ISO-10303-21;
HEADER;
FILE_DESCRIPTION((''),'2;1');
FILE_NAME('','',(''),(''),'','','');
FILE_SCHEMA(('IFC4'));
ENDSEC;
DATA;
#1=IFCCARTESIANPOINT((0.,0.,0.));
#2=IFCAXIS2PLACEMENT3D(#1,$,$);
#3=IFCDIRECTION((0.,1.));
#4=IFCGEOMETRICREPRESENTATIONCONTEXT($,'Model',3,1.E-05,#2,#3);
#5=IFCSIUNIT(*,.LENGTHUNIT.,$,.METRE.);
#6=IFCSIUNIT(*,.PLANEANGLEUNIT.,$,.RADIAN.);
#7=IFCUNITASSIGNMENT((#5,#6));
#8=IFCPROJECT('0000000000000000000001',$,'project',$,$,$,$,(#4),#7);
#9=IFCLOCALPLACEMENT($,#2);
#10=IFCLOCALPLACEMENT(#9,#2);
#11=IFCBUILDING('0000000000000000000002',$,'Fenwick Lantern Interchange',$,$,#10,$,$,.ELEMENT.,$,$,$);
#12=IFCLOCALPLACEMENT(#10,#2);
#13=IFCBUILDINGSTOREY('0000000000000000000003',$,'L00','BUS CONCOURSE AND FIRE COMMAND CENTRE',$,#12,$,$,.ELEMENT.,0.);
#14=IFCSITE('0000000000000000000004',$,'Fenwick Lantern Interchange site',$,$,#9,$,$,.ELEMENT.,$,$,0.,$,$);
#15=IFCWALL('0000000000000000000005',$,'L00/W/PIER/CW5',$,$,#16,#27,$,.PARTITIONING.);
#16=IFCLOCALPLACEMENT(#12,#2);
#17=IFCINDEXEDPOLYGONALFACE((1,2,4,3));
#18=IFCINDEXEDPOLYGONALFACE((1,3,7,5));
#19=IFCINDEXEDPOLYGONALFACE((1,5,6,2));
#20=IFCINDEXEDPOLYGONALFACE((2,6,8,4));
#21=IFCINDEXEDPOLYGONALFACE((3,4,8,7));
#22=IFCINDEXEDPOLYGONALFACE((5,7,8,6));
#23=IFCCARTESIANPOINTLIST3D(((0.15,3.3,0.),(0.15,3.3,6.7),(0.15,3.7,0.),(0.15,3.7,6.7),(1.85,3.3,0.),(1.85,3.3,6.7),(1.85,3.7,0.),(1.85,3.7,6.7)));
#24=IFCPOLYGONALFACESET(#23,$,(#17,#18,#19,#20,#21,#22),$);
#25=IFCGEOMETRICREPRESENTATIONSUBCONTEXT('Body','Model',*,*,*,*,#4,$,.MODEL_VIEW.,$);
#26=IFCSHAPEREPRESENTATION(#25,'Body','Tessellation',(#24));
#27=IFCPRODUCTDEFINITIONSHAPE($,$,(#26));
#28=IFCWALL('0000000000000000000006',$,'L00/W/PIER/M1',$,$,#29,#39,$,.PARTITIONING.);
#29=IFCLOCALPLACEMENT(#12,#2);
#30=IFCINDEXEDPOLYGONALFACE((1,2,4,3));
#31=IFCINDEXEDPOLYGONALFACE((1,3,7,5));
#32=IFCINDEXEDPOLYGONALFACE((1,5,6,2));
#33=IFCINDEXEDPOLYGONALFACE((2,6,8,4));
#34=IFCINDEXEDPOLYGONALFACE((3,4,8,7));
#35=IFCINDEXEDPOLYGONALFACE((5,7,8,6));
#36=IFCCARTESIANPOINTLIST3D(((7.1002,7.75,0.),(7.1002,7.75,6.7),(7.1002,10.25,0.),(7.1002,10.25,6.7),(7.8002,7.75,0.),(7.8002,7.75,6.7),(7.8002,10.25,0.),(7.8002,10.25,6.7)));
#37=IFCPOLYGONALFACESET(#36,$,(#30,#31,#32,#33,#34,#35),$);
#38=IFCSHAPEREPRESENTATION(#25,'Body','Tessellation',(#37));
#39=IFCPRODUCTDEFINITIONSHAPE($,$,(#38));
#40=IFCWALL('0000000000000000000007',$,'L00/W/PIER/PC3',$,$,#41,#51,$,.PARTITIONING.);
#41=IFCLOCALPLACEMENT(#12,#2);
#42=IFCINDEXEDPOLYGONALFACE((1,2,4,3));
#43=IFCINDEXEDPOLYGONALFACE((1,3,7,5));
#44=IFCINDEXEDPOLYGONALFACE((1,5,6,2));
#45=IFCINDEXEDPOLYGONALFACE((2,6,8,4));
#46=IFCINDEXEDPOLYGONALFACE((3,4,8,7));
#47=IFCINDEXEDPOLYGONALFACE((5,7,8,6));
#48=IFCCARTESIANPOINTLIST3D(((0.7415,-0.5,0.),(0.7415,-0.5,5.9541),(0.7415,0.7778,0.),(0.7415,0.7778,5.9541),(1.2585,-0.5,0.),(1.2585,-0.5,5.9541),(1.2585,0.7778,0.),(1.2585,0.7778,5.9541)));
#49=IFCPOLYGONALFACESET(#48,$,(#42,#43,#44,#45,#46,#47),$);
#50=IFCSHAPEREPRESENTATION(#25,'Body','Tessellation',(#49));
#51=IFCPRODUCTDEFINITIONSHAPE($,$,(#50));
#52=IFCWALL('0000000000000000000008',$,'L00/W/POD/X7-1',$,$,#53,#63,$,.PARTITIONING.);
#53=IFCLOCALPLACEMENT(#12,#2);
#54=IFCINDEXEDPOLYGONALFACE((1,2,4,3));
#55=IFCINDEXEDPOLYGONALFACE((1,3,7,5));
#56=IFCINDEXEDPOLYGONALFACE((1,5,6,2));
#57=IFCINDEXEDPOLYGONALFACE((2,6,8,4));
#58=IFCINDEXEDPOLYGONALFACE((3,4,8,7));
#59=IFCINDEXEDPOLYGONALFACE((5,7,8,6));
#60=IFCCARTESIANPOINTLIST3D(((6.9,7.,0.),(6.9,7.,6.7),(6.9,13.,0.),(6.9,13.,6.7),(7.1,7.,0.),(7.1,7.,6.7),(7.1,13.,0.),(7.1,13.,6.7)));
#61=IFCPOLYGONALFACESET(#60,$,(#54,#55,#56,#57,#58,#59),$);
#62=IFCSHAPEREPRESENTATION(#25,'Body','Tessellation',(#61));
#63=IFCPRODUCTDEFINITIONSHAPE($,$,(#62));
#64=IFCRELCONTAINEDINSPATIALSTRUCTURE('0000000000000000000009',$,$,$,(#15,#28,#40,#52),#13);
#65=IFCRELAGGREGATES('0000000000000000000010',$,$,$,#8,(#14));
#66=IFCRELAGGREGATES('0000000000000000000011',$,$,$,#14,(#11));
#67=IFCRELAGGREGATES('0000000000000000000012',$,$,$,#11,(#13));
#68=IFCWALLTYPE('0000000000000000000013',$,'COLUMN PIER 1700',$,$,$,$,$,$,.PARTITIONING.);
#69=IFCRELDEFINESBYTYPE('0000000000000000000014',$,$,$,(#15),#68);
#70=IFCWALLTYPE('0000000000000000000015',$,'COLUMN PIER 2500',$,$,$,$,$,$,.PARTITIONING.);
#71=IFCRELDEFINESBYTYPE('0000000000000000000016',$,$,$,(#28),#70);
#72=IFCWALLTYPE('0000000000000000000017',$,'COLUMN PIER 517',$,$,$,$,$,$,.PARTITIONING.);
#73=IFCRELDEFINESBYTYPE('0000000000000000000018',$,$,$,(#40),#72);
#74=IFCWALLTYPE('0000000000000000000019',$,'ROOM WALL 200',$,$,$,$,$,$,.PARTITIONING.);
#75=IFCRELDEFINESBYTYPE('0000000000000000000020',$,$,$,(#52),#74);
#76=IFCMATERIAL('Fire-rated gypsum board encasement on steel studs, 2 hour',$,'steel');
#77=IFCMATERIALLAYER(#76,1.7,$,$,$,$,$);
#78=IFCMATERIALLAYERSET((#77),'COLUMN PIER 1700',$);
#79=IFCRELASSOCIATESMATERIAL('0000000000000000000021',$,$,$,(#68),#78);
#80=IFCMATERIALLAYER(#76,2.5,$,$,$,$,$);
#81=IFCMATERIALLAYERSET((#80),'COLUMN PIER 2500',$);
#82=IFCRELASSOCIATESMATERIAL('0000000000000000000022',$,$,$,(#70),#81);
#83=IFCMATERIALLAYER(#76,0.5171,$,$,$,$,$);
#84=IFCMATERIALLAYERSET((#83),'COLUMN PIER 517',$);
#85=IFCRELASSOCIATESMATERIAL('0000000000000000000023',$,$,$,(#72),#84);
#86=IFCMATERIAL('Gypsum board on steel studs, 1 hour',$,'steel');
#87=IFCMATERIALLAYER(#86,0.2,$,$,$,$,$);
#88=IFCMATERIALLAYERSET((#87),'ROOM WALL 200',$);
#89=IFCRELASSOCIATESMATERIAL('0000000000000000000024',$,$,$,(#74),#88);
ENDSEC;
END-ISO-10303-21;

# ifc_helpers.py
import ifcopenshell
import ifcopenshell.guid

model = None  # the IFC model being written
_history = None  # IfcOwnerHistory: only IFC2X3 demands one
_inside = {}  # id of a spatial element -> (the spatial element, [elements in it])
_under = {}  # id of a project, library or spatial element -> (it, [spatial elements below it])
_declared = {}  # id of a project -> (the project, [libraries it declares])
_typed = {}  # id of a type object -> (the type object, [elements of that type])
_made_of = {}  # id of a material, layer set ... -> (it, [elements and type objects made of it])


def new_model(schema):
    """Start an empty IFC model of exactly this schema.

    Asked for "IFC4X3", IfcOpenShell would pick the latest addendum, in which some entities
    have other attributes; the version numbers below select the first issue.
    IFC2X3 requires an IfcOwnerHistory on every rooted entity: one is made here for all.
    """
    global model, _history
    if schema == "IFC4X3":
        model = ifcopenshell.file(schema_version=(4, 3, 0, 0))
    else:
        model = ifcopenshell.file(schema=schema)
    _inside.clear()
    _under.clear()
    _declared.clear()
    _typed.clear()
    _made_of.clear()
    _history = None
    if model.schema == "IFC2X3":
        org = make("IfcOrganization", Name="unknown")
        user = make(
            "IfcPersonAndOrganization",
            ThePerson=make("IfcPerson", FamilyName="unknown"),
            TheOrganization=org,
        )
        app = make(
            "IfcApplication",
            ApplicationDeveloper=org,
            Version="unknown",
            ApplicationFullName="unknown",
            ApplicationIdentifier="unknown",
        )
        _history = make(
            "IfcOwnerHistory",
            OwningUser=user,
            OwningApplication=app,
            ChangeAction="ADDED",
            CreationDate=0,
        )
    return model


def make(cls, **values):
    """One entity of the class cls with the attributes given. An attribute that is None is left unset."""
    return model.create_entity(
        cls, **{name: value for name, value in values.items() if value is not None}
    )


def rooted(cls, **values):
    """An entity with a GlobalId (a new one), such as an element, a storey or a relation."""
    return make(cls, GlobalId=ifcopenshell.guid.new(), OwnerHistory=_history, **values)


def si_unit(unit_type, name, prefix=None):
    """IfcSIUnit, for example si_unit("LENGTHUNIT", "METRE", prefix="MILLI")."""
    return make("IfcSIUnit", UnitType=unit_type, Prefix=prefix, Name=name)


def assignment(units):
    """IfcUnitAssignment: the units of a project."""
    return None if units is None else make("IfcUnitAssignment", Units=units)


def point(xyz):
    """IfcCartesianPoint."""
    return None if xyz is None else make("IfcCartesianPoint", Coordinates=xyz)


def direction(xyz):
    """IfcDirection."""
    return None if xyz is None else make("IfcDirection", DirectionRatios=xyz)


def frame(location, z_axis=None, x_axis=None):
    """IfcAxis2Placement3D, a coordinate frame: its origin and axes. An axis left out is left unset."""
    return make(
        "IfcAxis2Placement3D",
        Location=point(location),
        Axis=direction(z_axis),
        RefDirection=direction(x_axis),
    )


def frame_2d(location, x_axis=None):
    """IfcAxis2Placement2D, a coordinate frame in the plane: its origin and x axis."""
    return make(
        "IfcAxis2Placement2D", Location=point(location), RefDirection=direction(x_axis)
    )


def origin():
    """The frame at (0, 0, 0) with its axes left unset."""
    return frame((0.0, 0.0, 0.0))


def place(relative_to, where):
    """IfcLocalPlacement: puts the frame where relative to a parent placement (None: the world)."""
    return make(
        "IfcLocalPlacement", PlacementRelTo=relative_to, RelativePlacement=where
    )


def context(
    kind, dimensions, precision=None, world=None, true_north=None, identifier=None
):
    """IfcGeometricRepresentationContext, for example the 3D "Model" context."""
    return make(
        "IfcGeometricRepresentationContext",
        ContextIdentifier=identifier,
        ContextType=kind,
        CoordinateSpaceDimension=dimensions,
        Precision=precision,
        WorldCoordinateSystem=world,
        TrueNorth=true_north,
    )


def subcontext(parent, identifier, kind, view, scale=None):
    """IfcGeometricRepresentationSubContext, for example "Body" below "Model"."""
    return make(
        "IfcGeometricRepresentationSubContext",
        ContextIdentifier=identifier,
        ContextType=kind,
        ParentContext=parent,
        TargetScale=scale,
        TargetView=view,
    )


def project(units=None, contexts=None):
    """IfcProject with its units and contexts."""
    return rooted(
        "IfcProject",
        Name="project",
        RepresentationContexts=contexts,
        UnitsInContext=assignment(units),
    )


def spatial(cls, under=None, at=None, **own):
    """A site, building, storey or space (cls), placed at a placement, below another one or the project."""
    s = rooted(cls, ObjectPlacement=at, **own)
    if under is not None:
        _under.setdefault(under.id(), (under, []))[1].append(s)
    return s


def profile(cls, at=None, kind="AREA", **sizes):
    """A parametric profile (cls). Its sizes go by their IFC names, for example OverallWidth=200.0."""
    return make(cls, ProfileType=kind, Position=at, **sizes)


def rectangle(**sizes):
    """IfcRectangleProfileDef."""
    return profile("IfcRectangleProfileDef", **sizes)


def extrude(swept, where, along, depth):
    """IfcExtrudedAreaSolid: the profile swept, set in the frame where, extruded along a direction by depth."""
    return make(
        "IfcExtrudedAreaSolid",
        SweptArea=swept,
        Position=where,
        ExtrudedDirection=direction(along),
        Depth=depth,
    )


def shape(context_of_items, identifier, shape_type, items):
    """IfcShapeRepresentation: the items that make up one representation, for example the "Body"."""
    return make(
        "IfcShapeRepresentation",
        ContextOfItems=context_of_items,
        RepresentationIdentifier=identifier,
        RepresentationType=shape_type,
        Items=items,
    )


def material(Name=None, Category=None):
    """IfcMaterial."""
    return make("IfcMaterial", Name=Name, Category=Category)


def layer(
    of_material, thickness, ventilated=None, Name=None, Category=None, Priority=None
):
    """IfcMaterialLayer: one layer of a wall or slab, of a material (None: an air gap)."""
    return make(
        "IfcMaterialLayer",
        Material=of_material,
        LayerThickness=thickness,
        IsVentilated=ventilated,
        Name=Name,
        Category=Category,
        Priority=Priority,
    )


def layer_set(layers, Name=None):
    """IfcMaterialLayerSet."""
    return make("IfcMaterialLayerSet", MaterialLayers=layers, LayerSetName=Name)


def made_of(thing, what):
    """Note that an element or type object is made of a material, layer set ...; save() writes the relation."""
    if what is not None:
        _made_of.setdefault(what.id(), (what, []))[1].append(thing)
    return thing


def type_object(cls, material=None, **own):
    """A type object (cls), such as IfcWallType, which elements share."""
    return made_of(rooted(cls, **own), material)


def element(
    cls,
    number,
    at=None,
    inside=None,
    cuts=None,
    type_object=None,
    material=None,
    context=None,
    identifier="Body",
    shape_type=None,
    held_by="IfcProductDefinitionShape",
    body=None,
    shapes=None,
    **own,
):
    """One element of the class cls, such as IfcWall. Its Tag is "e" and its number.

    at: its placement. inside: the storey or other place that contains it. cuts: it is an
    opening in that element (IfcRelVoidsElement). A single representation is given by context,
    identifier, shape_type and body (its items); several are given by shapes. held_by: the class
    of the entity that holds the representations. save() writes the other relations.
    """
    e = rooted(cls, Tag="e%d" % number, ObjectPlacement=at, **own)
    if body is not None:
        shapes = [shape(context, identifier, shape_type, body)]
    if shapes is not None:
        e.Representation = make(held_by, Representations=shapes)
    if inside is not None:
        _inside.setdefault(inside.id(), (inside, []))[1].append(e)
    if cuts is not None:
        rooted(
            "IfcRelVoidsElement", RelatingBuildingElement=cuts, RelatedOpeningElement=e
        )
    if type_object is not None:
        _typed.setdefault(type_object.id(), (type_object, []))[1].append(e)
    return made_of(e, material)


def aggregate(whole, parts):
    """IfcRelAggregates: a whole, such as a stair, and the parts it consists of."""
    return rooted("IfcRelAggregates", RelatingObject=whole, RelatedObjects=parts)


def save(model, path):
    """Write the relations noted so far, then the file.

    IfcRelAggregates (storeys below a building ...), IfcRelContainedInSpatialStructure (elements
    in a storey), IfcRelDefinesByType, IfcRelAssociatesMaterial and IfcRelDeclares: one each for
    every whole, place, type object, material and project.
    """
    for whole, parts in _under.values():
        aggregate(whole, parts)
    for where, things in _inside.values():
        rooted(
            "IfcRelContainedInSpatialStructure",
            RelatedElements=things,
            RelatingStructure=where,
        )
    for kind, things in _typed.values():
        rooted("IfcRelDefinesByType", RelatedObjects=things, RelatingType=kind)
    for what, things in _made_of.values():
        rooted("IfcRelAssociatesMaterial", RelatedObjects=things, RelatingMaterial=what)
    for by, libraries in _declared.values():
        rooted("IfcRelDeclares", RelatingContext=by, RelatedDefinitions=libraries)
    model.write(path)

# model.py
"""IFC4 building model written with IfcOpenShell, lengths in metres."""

from ifc_helpers import new_model, si_unit, direction, frame, frame_2d, origin, place, context, subcontext, project, spatial, rectangle, extrude, material, layer, layer_set, type_object, element, save


model = new_model("IFC4")

# Units and contexts
model_context = context("Model", 3, precision=1e-05, world=origin(), true_north=direction((0.0, 1.0)))
body_context = subcontext(model_context, "Body", "Model", "MODEL_VIEW")
ifc_project = project(units=[si_unit("LENGTHUNIT", "METRE"), si_unit("PLANEANGLEUNIT", "RADIAN")], contexts=[model_context])

# Site, building, storey
site_placement = place(None, origin())
site = spatial("IfcSite", under=ifc_project, at=site_placement, Name="Fenwick Lantern Interchange site", CompositionType="ELEMENT", RefElevation=0.0)
building_placement = place(site_placement, origin())
building = spatial("IfcBuilding", under=site, at=building_placement, Name="Fenwick Lantern Interchange", CompositionType="ELEMENT")
storey_placement = place(building_placement, origin())
storey = spatial("IfcBuildingStorey", under=building, at=storey_placement, Name="L00", Description="BUS CONCOURSE AND FIRE COMMAND CENTRE", CompositionType="ELEMENT", Elevation=0.0)

# Walls
ifc_material_1 = material(Name="Fire-rated gypsum board encasement on steel studs, 2 hour", Category="steel")
ifc_layer_1 = layer(ifc_material_1, 1.7)
ifc_layer_set_1 = layer_set([ifc_layer_1], Name="COLUMN PIER 1700")
wall_type_1 = type_object("IfcWallType", Name="COLUMN PIER 1700", PredefinedType="PARTITIONING", material=ifc_layer_set_1)
wall_1_placement = place(storey_placement, frame((1.0, 3.3, 0.0), z_axis=(0.0, 0.0, 1.0), x_axis=(0.0, 1.0, 0.0)))
element("IfcWall", 1, at=wall_1_placement, inside=storey, type_object=wall_type_1, Name="L00/W/PIER/CW5", PredefinedType="PARTITIONING", context=body_context, shape_type="SweptSolid", body=[
    extrude(rectangle(XDim=0.3999, YDim=1.7, at=frame_2d((0.2, 0.0))), origin(), (0.0, 0.0, 1.0), 6.7),
])
ifc_layer_2 = layer(ifc_material_1, 2.5)
ifc_layer_set_2 = layer_set([ifc_layer_2], Name="COLUMN PIER 2500")
wall_type_2 = type_object("IfcWallType", Name="COLUMN PIER 2500", PredefinedType="PARTITIONING", material=ifc_layer_set_2)
wall_2_placement = place(storey_placement, frame((7.1001, 9.0, 0.0), z_axis=(0.0, 0.0, 1.0), x_axis=(1.0, 0.0, 0.0)))
element("IfcWall", 2, at=wall_2_placement, inside=storey, type_object=wall_type_2, Name="L00/W/PIER/M1", PredefinedType="PARTITIONING", context=body_context, shape_type="SweptSolid", body=[
    extrude(rectangle(XDim=0.7, YDim=2.5, at=frame_2d((0.3501, 0.0))), origin(), (0.0, 0.0, 1.0), 6.7),
])
ifc_layer_3 = layer(ifc_material_1, 0.5171)
ifc_layer_set_3 = layer_set([ifc_layer_3], Name="COLUMN PIER 517")
wall_type_3 = type_object("IfcWallType", Name="COLUMN PIER 517", PredefinedType="PARTITIONING", material=ifc_layer_set_3)
wall_3_placement = place(storey_placement, frame((1.0, -0.5, 0.0), z_axis=(0.0, 0.0, 1.0), x_axis=(0.0, 1.0, 0.0)))
element("IfcWall", 3, at=wall_3_placement, inside=storey, type_object=wall_type_3, Name="L00/W/PIER/PC3", PredefinedType="PARTITIONING", context=body_context, shape_type="SweptSolid", body=[
    extrude(rectangle(XDim=1.2778, YDim=0.5171, at=frame_2d((0.6389, 0.0))), origin(), (0.0, 0.0, 1.0), 5.9541),
])
ifc_material_2 = material(Name="Gypsum board on steel studs, 1 hour", Category="steel")
ifc_layer_4 = layer(ifc_material_2, 0.2)
ifc_layer_set_4 = layer_set([ifc_layer_4], Name="ROOM WALL 200")
wall_type_4 = type_object("IfcWallType", Name="ROOM WALL 200", PredefinedType="PARTITIONING", material=ifc_layer_set_4)
wall_4_placement = place(storey_placement, frame((7.0, 7.0, 0.0), z_axis=(0.0, 0.0, 1.0), x_axis=(0.0, 1.0, 0.0)))
element("IfcWall", 4, at=wall_4_placement, inside=storey, type_object=wall_type_4, Name="L00/W/POD/X7-1", PredefinedType="PARTITIONING", context=body_context, shape_type="SweptSolid", body=[
    extrude(rectangle(XDim=6.0, YDim=0.2, at=frame_2d((3.0, 0.0))), origin(), (0.0, 0.0, 1.0), 6.7),
])

save(model, "model.ifc")
